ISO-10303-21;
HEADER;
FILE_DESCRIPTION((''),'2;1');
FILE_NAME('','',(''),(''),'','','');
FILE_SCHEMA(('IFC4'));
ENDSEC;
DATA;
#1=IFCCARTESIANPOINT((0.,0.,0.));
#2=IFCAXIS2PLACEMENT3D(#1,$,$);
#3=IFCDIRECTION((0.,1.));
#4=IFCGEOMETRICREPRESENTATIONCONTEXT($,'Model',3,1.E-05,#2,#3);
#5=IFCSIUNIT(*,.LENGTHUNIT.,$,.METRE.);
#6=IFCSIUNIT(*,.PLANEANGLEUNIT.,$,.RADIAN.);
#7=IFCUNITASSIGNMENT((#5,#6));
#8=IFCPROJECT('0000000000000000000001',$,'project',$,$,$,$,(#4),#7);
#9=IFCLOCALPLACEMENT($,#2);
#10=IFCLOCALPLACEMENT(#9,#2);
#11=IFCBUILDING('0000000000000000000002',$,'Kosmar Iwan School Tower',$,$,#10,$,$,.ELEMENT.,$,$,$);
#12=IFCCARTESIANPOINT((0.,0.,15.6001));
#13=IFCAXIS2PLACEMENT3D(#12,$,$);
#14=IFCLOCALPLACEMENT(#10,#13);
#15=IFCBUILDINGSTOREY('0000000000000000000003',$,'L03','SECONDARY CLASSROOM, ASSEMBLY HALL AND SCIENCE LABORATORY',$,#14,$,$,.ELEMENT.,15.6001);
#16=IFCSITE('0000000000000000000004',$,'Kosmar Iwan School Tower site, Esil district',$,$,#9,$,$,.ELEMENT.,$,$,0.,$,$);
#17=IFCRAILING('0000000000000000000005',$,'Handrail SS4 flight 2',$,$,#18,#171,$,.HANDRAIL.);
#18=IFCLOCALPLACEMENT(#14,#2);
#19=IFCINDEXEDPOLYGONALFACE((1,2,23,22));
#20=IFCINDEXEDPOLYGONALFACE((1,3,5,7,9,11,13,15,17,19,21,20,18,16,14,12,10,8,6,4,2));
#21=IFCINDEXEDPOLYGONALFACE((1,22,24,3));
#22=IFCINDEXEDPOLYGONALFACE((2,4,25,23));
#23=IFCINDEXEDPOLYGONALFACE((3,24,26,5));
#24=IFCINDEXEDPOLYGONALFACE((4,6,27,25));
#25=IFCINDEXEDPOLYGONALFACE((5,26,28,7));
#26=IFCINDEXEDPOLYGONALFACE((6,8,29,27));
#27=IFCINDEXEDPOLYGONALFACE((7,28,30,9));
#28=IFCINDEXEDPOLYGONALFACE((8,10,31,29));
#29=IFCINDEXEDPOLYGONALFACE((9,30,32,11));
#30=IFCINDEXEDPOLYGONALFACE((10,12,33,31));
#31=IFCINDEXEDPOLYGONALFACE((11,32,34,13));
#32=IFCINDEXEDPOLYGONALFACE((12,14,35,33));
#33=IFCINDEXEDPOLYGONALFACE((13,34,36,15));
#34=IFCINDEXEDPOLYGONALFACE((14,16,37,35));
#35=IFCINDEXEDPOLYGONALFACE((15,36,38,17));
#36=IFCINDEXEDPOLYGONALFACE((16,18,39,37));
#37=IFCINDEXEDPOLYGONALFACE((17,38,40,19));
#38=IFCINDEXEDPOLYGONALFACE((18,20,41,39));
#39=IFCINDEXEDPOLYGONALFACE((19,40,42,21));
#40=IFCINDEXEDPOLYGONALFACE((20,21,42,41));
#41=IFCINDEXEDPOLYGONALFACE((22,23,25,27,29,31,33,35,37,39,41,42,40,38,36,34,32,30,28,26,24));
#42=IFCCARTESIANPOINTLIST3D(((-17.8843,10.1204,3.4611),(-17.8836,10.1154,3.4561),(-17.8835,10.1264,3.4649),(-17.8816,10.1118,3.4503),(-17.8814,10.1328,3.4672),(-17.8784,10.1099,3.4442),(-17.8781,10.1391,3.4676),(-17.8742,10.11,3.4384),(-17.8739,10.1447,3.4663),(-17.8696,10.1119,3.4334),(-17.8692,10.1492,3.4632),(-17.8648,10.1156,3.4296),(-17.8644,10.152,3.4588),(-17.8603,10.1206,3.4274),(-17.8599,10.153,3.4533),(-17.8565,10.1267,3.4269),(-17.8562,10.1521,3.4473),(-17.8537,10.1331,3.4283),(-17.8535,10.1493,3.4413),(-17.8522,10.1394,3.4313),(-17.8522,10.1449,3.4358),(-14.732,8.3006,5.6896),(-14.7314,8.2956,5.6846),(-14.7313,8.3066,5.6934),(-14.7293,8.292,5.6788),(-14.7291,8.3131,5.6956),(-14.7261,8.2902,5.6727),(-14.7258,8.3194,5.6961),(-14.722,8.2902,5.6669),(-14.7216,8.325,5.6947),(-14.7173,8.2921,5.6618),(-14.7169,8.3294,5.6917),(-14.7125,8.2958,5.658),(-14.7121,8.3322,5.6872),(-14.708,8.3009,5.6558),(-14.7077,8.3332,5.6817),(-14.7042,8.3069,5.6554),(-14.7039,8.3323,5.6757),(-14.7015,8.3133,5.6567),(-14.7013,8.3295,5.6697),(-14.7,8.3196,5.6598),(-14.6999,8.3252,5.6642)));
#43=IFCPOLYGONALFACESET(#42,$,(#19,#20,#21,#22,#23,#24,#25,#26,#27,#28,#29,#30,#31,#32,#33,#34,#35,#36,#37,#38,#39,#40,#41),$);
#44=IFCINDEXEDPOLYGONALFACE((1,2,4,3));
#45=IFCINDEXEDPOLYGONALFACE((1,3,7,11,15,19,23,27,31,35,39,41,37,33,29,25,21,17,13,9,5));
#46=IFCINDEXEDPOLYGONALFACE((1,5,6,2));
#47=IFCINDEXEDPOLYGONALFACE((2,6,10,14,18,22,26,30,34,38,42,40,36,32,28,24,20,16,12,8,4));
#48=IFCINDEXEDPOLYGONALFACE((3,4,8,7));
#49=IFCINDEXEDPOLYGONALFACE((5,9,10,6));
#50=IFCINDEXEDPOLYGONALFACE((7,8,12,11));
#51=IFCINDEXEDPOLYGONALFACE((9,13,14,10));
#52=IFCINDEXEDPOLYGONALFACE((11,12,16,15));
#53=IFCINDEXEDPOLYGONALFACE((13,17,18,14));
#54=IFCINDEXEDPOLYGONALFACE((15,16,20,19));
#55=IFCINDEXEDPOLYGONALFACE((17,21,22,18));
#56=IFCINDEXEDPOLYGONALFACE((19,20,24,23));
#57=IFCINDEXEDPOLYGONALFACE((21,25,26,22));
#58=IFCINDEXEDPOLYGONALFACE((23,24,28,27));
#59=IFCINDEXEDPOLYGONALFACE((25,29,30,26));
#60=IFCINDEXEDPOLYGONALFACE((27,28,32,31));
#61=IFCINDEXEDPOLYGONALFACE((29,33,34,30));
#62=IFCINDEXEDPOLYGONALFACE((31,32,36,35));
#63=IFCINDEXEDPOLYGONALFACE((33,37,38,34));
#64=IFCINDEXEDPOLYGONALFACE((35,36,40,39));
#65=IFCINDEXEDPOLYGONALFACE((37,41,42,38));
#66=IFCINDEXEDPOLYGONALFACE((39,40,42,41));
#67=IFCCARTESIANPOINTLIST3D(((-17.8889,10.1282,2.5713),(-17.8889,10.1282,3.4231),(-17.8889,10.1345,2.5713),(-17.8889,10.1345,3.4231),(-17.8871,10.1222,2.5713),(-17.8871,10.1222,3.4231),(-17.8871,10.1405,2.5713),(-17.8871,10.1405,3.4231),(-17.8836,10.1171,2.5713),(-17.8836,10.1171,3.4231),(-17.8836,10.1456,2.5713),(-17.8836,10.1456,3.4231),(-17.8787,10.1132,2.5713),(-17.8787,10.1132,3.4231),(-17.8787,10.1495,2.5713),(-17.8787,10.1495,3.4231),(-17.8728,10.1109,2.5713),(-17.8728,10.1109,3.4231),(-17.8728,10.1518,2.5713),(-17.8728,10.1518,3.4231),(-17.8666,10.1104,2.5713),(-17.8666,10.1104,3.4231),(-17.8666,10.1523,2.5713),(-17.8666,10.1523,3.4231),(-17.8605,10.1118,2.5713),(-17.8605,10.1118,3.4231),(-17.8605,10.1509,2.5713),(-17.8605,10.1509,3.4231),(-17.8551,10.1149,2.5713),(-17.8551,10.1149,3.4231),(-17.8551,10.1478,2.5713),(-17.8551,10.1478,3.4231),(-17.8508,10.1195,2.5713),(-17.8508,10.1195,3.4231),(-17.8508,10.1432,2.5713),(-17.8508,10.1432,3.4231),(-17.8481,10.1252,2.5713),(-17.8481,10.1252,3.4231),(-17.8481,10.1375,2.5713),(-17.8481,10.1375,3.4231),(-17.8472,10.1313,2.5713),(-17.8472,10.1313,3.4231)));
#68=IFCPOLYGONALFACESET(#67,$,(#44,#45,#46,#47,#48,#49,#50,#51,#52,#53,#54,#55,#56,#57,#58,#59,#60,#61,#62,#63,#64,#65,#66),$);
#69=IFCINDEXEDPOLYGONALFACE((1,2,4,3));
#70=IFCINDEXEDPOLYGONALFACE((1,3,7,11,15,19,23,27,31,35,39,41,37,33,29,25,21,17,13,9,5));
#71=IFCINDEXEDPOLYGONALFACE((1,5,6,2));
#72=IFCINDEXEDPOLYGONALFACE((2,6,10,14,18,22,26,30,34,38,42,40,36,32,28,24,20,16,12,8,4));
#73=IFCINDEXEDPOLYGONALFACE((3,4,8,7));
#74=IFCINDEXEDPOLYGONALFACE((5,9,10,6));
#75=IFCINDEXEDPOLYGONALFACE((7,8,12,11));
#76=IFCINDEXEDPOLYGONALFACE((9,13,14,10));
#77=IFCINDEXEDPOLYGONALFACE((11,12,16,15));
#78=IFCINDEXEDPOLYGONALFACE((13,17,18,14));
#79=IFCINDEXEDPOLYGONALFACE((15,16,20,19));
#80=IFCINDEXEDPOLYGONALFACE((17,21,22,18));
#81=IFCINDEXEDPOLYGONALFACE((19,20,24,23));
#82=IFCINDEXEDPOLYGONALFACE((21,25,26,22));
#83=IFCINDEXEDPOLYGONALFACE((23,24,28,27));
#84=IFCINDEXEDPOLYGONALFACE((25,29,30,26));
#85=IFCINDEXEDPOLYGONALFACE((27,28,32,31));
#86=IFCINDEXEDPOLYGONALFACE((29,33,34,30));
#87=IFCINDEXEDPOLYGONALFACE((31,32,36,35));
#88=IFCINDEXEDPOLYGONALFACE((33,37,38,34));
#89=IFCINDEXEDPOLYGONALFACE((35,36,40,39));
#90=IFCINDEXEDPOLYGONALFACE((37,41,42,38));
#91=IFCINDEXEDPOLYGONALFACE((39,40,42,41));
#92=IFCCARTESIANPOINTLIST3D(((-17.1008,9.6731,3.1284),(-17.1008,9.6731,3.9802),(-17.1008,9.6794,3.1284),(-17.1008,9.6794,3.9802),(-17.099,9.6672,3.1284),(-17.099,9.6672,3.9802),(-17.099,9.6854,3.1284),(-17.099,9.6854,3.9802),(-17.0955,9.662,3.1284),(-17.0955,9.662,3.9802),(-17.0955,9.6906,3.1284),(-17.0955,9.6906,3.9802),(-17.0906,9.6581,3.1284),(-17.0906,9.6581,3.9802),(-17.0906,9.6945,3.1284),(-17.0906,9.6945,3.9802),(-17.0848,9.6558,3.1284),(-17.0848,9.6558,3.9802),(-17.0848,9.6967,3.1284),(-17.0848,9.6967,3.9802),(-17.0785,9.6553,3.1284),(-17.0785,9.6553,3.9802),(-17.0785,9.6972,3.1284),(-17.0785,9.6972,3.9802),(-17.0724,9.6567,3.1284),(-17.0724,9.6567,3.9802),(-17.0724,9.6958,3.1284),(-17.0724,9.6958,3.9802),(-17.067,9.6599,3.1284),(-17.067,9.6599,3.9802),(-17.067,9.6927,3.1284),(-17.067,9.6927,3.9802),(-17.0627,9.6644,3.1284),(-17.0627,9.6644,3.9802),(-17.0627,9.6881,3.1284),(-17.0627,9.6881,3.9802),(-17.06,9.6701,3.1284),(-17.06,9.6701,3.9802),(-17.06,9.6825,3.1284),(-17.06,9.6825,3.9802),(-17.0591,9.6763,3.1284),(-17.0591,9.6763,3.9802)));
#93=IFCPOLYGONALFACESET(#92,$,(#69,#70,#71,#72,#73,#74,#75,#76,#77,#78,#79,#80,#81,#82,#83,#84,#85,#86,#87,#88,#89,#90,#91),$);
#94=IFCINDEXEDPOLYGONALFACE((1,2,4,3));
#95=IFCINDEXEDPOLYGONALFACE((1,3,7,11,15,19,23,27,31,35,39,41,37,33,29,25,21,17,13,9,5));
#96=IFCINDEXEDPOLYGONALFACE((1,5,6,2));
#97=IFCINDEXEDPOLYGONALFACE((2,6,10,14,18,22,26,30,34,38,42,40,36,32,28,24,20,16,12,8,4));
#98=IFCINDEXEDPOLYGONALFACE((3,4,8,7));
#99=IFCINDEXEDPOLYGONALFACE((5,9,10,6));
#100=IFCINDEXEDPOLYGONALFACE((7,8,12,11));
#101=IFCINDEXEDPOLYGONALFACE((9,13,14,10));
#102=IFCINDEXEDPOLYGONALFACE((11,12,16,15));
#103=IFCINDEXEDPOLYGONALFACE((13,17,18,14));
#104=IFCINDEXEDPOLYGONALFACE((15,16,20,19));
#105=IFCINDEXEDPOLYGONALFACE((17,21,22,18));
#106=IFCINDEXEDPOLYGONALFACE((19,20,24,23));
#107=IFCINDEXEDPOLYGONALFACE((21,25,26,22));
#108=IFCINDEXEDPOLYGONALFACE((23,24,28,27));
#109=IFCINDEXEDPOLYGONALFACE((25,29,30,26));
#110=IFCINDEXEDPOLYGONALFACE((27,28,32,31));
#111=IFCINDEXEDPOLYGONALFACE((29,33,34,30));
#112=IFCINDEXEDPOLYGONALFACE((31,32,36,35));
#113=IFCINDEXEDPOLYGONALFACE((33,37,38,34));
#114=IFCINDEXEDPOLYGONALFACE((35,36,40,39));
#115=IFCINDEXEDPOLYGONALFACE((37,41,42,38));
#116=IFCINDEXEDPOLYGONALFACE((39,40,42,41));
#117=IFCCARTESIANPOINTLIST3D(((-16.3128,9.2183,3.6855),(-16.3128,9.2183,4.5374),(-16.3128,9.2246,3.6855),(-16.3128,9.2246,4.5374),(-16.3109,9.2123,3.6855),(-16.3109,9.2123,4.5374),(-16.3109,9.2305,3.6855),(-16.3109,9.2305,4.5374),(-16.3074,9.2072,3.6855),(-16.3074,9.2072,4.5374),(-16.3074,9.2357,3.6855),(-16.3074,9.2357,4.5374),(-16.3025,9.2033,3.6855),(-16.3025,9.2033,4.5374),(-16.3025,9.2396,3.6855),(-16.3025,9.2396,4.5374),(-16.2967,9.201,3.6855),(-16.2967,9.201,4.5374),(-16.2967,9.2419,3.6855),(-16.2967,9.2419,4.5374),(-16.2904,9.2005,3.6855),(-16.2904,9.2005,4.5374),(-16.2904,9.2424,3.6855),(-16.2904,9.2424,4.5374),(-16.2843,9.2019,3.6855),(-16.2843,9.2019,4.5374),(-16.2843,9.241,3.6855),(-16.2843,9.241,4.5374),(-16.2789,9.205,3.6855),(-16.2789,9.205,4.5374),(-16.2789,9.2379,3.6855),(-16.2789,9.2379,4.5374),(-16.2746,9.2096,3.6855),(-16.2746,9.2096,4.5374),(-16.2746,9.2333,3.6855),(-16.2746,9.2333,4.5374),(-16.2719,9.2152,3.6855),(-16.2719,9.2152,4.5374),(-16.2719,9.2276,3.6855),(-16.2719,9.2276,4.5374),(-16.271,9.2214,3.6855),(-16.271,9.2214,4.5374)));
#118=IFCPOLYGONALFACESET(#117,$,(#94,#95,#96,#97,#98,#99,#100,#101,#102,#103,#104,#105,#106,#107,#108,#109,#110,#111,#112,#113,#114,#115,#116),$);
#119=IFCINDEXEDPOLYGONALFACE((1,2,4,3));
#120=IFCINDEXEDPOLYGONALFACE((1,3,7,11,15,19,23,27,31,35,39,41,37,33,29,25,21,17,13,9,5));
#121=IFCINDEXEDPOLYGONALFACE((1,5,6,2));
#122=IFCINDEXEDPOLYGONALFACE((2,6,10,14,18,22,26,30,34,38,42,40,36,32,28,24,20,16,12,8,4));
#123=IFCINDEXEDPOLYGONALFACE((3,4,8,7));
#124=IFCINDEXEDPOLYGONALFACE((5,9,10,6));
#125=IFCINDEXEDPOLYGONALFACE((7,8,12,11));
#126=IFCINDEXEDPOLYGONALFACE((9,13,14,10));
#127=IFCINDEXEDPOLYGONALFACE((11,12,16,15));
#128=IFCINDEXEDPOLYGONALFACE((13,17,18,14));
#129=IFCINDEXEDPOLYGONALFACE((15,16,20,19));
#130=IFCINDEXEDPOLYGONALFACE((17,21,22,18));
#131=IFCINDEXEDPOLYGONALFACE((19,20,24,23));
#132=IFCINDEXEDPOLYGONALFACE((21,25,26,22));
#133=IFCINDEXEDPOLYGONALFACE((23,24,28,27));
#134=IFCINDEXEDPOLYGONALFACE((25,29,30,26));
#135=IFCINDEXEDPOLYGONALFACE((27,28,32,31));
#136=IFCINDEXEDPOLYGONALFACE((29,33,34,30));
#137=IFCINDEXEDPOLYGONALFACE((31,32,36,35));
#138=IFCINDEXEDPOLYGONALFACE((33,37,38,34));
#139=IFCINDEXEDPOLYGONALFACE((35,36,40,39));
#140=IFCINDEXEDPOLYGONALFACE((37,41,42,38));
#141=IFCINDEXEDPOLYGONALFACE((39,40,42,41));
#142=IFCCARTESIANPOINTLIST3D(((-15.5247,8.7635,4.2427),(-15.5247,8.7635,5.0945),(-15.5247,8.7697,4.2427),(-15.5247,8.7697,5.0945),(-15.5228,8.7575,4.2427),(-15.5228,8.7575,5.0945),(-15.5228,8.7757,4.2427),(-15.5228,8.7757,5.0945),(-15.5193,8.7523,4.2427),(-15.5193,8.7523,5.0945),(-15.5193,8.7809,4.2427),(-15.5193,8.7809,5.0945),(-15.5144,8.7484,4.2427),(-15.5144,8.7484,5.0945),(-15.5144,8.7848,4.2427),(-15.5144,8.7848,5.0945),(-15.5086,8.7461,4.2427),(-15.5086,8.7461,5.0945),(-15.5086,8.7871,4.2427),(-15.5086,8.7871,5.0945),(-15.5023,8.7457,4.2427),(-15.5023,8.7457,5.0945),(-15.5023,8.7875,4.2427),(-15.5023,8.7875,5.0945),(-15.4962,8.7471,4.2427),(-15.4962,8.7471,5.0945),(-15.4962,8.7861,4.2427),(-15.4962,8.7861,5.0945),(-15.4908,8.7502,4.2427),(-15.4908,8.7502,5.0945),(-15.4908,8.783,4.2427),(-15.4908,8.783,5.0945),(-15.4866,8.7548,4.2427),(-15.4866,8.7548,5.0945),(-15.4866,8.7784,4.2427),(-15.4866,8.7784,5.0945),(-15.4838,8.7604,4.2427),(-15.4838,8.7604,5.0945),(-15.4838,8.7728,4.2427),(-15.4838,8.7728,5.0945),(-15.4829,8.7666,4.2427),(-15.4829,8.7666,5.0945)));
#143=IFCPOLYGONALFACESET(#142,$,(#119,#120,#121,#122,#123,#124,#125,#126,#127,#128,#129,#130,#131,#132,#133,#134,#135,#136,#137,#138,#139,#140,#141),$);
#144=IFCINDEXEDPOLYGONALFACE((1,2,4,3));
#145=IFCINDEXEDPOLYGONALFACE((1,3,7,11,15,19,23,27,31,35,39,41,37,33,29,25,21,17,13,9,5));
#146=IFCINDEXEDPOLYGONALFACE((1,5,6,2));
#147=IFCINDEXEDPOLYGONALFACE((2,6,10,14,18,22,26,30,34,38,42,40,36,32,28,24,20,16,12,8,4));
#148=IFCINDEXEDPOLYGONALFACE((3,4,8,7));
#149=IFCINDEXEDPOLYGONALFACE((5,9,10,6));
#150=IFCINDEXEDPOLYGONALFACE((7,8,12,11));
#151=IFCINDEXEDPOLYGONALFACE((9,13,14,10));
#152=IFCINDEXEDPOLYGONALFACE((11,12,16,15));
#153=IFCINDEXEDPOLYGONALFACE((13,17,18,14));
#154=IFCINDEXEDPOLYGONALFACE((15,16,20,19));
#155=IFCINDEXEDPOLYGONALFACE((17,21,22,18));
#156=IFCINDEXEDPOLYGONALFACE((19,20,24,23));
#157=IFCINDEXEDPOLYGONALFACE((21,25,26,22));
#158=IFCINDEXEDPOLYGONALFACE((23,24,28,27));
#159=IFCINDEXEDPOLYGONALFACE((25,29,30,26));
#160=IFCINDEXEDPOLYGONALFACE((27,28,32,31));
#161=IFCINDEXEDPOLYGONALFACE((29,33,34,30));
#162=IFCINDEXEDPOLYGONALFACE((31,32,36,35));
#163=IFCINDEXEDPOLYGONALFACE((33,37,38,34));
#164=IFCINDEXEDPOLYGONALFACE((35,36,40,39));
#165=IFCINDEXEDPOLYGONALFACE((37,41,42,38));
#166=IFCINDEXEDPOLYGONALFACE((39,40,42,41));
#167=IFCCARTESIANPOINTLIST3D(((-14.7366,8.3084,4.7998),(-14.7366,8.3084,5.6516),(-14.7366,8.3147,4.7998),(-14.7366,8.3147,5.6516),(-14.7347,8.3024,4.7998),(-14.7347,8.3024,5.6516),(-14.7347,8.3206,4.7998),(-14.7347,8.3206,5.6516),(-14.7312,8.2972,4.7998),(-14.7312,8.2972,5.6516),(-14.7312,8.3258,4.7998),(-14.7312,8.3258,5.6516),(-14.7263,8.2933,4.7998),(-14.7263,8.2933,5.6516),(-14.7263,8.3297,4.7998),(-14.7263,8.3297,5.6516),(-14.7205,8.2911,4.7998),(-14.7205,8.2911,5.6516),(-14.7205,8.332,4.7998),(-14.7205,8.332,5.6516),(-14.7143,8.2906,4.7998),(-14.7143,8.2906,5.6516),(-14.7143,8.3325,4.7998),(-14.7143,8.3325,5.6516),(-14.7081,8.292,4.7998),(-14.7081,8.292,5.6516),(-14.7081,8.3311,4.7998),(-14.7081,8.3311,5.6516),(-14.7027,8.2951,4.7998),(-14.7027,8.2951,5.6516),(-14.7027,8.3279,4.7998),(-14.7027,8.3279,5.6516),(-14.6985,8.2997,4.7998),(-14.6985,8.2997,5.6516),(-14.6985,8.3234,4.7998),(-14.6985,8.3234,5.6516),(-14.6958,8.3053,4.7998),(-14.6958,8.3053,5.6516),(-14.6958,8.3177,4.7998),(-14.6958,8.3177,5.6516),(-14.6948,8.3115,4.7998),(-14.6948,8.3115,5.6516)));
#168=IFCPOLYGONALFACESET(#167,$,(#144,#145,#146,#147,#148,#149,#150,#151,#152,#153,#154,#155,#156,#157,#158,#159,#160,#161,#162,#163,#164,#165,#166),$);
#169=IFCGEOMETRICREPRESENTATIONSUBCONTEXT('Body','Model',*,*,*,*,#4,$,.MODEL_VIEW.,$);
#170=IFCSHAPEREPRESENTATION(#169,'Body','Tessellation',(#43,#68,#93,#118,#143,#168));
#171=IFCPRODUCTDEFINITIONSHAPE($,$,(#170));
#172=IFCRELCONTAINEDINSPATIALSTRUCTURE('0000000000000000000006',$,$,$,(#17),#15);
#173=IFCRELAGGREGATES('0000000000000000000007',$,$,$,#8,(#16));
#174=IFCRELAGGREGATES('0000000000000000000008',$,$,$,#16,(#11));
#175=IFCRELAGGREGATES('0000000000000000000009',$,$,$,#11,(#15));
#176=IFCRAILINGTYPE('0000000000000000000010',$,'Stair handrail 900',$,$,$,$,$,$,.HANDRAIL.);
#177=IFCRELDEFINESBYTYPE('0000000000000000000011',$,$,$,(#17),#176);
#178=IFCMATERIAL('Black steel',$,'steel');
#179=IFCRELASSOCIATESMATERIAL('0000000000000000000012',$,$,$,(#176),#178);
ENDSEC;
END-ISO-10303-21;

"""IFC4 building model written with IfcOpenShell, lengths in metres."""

from ifc_helpers import new_model, si_unit, direction, frame, origin, origin_2d, place, context, subcontext, project, spatial, circle, extrude, material, type_object, element, save


model = new_model("IFC4")

# Units and contexts
model_context = context("Model", 3, precision=1e-05, world=origin(), true_north=direction((0.0, 1.0)))
body_context = subcontext(model_context, "Body", "Model", "MODEL_VIEW")
ifc_project = project(units=[si_unit("LENGTHUNIT", "METRE"), si_unit("PLANEANGLEUNIT", "RADIAN")], contexts=[model_context])

# Site, building, storey
site_placement = place(None, origin())
site = spatial("IfcSite", under=ifc_project, at=site_placement, Name="Kosmar Iwan School Tower site, Esil district", CompositionType="ELEMENT", RefElevation=0.0)
building_placement = place(site_placement, origin())
building = spatial("IfcBuilding", under=site, at=building_placement, Name="Kosmar Iwan School Tower", CompositionType="ELEMENT")
storey_placement = place(building_placement, frame((0.0, 0.0, 15.6001)))
storey = spatial("IfcBuildingStorey", under=building, at=storey_placement, Name="L03", Description="SECONDARY CLASSROOM, ASSEMBLY HALL AND SCIENCE LABORATORY", CompositionType="ELEMENT", Elevation=15.6001)

# Railing
ifc_material_1 = material(Name="Black steel", Category="steel")
railing_type = type_object("IfcRailingType", Name="Stair handrail 900", PredefinedType="HANDRAIL", material=ifc_material_1)
railing_1_placement = place(storey_placement, frame((-17.8682, 10.1313, 2.5713)))
element("IfcRailing", 1, at=railing_1_placement, inside=storey, type_object=railing_type, Name="Handrail SS4 flight 2", PredefinedType="HANDRAIL", context=body_context, shape_type="SweptSolid", body=[
    extrude(circle(Radius=0.0239, at=origin_2d()), frame((0.0, 0.0, 0.876), z_axis=(0.73861, -0.426394, 0.522153), x_axis=(0.499962, 0.866047, 0.0)), (0.0, 0.0, 1.0), 4.2678),
    extrude(circle(Radius=0.021, at=origin_2d()), origin(), (0.0, 0.0, 1.0), 0.8518),
    extrude(circle(Radius=0.021, at=origin_2d()), frame((0.7881, -0.4551, 0.5571)), (0.0, 0.0, 1.0), 0.8518),
    extrude(circle(Radius=0.021, at=origin_2d()), frame((1.5762, -0.9099, 1.1143)), (0.0, 0.0, 1.0), 0.8518),
    extrude(circle(Radius=0.021, at=origin_2d()), frame((2.3643, -1.3647, 1.6714)), (0.0, 0.0, 1.0), 0.8518),
    extrude(circle(Radius=0.021, at=origin_2d()), frame((3.1523, -1.8198, 2.2285)), (0.0, 0.0, 1.0), 0.8518),
])

save(model, "model.ifc")
